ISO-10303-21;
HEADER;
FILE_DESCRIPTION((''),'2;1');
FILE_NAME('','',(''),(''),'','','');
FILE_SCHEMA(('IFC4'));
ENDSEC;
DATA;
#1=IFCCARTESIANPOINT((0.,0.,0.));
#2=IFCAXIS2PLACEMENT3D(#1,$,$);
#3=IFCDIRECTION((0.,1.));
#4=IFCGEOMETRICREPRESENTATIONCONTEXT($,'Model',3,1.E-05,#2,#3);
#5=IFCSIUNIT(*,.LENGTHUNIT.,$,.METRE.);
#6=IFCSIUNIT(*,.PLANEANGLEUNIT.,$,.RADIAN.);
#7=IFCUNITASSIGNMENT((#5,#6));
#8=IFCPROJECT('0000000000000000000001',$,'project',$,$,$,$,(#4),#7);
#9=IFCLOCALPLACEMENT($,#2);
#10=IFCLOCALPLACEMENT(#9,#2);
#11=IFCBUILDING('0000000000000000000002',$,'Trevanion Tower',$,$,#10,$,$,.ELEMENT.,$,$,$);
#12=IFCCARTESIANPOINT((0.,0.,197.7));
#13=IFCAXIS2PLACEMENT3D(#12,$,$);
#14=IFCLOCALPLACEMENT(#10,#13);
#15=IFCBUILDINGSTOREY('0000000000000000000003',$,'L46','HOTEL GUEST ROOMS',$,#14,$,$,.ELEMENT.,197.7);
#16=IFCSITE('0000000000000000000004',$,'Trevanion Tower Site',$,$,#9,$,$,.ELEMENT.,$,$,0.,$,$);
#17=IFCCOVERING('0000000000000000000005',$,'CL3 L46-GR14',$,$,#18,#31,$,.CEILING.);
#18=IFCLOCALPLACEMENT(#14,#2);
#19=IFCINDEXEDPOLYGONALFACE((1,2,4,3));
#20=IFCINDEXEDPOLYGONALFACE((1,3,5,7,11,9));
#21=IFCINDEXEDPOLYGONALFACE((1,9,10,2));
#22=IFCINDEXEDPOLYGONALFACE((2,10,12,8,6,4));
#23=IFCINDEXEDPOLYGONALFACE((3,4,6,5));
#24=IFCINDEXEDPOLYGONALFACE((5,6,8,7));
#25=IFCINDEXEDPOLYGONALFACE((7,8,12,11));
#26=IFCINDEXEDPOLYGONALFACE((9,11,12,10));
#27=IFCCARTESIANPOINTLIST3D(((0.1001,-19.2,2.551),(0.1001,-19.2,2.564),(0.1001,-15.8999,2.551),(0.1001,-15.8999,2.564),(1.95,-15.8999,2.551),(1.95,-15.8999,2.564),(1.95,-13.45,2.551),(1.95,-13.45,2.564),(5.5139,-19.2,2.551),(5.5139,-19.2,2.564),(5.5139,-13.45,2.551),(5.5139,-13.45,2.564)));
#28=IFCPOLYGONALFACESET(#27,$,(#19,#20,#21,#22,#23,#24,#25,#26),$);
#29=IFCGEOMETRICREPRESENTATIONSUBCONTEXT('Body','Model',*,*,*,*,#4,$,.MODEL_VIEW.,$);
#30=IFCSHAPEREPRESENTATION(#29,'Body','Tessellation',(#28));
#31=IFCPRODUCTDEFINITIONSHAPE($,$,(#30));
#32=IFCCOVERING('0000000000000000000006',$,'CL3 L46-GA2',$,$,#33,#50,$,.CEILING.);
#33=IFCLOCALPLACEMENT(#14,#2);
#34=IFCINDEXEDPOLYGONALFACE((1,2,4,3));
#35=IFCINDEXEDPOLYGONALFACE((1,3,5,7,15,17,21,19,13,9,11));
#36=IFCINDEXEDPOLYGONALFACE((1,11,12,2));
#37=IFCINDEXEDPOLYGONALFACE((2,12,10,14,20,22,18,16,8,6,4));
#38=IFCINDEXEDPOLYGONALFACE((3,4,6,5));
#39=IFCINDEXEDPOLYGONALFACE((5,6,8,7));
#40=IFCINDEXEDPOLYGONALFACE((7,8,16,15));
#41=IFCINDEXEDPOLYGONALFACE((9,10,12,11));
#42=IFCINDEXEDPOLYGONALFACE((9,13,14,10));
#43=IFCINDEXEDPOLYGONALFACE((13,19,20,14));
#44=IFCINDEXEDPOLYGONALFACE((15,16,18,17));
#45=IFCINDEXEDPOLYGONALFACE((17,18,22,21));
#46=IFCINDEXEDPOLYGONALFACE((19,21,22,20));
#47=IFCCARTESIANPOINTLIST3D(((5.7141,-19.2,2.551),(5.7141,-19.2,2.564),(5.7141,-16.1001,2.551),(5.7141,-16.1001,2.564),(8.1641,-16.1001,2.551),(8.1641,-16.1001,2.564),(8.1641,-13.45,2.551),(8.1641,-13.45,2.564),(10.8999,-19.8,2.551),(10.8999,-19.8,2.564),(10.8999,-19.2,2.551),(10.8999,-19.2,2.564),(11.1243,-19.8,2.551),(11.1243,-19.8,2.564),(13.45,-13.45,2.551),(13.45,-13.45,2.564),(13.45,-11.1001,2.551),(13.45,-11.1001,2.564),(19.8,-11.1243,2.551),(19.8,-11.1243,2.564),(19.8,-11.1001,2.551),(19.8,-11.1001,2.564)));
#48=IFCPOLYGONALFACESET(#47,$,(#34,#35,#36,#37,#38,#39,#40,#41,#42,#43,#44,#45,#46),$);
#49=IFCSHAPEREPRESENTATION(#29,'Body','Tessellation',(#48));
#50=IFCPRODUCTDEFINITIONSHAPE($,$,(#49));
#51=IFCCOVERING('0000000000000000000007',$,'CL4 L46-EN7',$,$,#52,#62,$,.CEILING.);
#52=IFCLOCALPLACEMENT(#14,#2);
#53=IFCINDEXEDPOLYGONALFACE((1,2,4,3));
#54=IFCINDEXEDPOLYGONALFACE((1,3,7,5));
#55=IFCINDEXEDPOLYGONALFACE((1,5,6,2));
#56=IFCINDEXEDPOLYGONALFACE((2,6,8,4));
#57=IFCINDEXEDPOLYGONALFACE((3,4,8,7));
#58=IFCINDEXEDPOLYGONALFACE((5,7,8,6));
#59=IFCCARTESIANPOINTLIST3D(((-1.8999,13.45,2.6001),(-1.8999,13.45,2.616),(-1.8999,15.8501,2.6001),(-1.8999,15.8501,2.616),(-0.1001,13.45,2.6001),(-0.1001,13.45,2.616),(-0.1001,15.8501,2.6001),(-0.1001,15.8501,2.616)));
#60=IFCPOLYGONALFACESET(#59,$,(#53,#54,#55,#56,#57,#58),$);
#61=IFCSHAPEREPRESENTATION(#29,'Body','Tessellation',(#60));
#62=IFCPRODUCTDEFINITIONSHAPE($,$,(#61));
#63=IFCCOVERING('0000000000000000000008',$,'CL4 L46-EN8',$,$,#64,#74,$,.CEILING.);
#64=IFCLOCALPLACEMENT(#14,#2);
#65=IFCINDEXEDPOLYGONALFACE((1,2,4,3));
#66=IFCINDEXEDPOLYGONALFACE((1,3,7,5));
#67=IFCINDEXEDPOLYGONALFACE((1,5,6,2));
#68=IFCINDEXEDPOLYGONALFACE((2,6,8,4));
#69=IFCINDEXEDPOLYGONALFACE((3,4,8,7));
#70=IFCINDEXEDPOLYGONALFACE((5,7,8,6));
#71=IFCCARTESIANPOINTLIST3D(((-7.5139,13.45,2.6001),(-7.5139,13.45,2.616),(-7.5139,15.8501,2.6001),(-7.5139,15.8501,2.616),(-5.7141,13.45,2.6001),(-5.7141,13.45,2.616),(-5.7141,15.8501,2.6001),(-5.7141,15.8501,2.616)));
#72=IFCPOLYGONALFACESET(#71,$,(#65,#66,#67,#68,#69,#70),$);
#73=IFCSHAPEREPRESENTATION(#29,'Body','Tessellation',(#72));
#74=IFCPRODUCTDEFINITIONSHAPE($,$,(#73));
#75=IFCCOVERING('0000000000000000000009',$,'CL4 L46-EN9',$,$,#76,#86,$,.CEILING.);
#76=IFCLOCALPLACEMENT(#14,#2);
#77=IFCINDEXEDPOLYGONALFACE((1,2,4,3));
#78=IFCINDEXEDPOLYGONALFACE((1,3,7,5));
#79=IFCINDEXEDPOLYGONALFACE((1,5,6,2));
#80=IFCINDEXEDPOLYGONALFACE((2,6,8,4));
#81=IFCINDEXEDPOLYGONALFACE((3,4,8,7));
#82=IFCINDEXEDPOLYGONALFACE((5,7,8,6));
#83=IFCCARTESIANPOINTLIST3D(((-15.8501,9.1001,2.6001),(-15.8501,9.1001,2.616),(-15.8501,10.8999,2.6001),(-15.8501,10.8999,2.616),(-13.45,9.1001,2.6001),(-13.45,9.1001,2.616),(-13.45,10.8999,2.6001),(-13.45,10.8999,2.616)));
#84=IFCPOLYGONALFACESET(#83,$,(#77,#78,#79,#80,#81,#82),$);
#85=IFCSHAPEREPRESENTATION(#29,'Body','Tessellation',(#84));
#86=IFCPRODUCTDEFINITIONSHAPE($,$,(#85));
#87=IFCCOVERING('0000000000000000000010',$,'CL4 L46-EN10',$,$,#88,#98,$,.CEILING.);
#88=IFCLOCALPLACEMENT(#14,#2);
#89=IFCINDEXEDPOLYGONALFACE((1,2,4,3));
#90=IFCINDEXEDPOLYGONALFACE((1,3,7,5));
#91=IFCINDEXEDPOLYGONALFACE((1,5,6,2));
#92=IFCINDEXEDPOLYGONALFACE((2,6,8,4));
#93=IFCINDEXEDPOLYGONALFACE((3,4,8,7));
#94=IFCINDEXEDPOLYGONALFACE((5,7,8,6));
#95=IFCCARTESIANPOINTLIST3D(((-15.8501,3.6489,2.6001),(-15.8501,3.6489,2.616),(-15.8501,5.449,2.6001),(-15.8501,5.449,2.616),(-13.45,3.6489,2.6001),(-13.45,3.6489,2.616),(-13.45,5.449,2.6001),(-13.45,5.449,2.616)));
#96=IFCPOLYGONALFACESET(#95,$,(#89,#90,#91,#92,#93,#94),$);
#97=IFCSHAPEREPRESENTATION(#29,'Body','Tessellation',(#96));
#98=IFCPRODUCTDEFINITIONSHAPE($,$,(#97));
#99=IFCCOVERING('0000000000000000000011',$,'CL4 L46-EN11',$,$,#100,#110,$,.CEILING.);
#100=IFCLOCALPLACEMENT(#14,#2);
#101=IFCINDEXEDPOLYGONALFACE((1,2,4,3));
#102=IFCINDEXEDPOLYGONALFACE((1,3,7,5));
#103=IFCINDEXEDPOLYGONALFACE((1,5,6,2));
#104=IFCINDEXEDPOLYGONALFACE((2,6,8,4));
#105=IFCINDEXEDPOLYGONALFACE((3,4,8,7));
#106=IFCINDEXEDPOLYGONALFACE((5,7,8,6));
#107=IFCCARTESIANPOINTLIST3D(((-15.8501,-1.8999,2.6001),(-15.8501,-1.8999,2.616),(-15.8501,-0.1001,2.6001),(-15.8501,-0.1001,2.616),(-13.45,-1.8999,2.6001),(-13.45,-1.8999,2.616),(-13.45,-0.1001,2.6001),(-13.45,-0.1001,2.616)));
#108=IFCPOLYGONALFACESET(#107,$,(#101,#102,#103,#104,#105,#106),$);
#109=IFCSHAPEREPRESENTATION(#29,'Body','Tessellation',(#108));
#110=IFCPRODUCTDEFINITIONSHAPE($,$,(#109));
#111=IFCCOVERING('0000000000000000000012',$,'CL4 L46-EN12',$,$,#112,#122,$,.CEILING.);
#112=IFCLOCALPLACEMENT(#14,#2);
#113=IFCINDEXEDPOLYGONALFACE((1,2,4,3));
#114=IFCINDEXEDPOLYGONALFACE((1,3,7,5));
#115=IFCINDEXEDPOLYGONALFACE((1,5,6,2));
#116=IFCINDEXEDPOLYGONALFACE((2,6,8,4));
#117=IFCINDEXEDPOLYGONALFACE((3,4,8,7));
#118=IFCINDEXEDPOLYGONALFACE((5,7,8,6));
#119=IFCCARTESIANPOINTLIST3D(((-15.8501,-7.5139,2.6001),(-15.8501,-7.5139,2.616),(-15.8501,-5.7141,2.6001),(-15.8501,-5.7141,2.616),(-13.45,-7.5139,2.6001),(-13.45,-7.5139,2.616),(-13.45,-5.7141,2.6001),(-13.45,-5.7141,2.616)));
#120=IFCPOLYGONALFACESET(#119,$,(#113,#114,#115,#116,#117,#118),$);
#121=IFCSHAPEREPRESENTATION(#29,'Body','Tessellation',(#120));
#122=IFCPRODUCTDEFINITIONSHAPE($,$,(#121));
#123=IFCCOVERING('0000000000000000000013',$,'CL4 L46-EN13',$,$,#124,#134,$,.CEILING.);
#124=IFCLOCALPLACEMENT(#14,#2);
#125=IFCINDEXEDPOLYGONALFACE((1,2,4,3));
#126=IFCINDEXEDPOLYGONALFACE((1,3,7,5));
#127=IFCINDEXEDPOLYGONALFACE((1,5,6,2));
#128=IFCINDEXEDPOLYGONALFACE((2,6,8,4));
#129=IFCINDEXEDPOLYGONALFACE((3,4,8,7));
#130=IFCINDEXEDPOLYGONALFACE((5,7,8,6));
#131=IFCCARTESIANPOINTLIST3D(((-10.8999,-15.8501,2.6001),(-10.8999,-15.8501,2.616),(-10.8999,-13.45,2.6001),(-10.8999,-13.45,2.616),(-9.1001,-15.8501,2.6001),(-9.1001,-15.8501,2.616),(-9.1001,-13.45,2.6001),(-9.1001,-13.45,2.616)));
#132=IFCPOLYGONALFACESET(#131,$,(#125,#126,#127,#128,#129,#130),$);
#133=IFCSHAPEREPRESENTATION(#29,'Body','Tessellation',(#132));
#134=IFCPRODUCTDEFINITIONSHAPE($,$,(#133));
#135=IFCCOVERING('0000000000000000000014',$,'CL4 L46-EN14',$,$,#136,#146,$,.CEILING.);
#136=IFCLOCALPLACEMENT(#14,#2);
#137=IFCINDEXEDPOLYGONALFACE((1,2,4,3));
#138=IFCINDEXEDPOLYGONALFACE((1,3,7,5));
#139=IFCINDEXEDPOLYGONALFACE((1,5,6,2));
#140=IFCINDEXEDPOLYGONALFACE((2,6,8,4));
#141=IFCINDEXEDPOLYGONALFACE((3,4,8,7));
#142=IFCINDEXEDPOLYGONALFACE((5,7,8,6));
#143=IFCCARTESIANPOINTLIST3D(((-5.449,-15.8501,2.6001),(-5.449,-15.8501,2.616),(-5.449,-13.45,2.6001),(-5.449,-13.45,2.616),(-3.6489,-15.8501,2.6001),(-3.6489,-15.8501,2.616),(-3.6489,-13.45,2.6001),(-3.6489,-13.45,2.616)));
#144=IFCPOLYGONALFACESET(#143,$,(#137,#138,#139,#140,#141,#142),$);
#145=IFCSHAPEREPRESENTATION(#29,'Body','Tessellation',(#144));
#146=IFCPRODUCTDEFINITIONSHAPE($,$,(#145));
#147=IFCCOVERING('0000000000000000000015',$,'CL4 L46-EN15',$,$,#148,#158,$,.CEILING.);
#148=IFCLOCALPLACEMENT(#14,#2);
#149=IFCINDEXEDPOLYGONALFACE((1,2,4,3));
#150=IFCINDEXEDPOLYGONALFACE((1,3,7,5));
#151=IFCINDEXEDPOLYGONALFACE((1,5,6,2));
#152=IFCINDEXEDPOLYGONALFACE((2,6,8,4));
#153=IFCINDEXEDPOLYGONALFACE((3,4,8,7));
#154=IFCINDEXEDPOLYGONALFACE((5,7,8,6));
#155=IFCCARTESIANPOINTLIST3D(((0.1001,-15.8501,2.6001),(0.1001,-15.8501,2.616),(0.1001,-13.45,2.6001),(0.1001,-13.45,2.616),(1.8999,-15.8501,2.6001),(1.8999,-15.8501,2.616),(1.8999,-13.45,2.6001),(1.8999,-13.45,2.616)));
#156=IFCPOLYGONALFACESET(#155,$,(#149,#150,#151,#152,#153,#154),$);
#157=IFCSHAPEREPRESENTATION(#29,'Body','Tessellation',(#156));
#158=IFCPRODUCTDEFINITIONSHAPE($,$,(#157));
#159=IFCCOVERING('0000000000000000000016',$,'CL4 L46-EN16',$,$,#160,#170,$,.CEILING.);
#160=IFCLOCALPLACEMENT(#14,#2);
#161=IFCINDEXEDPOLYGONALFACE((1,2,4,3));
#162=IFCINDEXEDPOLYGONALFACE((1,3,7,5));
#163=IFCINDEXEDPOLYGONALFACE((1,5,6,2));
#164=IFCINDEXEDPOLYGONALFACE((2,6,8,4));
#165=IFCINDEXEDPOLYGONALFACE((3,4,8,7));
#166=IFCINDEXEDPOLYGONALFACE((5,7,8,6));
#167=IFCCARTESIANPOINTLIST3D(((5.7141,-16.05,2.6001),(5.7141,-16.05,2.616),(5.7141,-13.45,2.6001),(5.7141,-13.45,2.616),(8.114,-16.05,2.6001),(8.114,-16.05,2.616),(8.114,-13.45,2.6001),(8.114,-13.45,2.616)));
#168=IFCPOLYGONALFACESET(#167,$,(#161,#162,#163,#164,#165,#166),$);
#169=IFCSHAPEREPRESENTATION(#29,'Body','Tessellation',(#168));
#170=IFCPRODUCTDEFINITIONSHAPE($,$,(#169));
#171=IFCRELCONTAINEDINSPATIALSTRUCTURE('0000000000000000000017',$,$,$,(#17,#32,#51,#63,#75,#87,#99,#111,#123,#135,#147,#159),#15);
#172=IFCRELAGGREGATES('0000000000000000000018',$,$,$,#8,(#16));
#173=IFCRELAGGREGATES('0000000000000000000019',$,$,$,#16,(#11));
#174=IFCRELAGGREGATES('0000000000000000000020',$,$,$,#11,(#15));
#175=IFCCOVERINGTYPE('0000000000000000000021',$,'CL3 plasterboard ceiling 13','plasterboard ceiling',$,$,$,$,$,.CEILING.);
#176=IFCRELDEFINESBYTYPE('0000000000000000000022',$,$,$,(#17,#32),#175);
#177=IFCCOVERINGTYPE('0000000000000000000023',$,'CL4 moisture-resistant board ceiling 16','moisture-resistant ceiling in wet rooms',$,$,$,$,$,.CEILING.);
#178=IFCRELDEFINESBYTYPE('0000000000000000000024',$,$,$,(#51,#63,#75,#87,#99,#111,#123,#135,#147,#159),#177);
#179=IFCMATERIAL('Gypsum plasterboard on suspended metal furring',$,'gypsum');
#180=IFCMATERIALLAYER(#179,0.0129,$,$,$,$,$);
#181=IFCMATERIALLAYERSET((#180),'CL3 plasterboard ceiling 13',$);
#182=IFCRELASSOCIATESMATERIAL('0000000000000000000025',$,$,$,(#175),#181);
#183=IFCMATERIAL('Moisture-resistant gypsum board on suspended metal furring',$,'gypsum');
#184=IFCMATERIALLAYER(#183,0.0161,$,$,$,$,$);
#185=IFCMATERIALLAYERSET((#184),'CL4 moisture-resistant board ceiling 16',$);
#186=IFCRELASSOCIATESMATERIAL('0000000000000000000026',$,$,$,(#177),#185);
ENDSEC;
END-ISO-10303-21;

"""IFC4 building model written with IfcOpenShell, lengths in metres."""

from ifc_helpers import new_model, si_unit, direction, frame, origin, place, context, subcontext, project, spatial, polyline, outline, extrude, material, layer, layer_set, type_object, element, save


model = new_model("IFC4")

# Units and contexts
model_context = context("Model", 3, precision=1e-05, world=origin(), true_north=direction((0.0, 1.0)))
body_context = subcontext(model_context, "Body", "Model", "MODEL_VIEW")
ifc_project = project(units=[si_unit("LENGTHUNIT", "METRE"), si_unit("PLANEANGLEUNIT", "RADIAN")], contexts=[model_context])

# Site, building, storey
site_placement = place(None, origin())
site = spatial("IfcSite", under=ifc_project, at=site_placement, Name="Trevanion Tower Site", CompositionType="ELEMENT", RefElevation=0.0)
building_placement = place(site_placement, origin())
building = spatial("IfcBuilding", under=site, at=building_placement, Name="Trevanion Tower", CompositionType="ELEMENT")
storey_placement = place(building_placement, frame((0.0, 0.0, 197.7)))
storey = spatial("IfcBuildingStorey", under=building, at=storey_placement, Name="L46", Description="HOTEL GUEST ROOMS", CompositionType="ELEMENT", Elevation=197.7)

# Coverings
ifc_material_1 = material(Name="Gypsum plasterboard on suspended metal furring", Category="gypsum")
ifc_layer_1 = layer(ifc_material_1, 0.0129)
ifc_layer_set_1 = layer_set([ifc_layer_1], Name="CL3 plasterboard ceiling 13")
covering_type_1 = type_object("IfcCoveringType", Name="CL3 plasterboard ceiling 13", Description="plasterboard ceiling", PredefinedType="CEILING", material=ifc_layer_set_1)
covering_1_placement = place(storey_placement, frame((0.0, 0.0, 2.551)))
element("IfcCovering", 1, at=covering_1_placement, inside=storey, type_object=covering_type_1, Name="CL3 L46-GR14", PredefinedType="CEILING", context=body_context, shape_type="SweptSolid", body=[
    extrude(outline(polyline([(5.5139, -13.45), (5.5139, -19.2), (0.1001, -19.2), (0.1001, -15.8999), (1.95, -15.8999), (1.95, -13.45), (5.5139, -13.45)])), origin(), (0.0, 0.0, 1.0), 0.0129),
])
covering_2_placement = place(storey_placement, frame((0.0, 0.0, 2.551)))
element("IfcCovering", 2, at=covering_2_placement, inside=storey, type_object=covering_type_1, Name="CL3 L46-GA2", PredefinedType="CEILING", context=body_context, shape_type="SweptSolid", body=[
    extrude(outline(polyline([(13.45, -11.1001), (19.8, -11.1001), (19.8, -11.1243), (11.1243, -19.8), (10.8999, -19.8), (10.8999, -19.2), (5.7141, -19.2), (5.7141, -16.1001), (8.1641, -16.1001), (8.1641, -13.45), (13.45, -13.45), (13.45, -11.1001)])), origin(), (0.0, 0.0, 1.0), 0.0129),
])
ifc_material_2 = material(Name="Moisture-resistant gypsum board on suspended metal furring", Category="gypsum")
ifc_layer_2 = layer(ifc_material_2, 0.0161)
ifc_layer_set_2 = layer_set([ifc_layer_2], Name="CL4 moisture-resistant board ceiling 16")
covering_type_2 = type_object("IfcCoveringType", Name="CL4 moisture-resistant board ceiling 16", Description="moisture-resistant ceiling in wet rooms", PredefinedType="CEILING", material=ifc_layer_set_2)
covering_3_placement = place(storey_placement, frame((0.0, 0.0, 2.6001)))
element("IfcCovering", 3, at=covering_3_placement, inside=storey, type_object=covering_type_2, Name="CL4 L46-EN7", PredefinedType="CEILING", context=body_context, shape_type="SweptSolid", body=[
    extrude(outline(polyline([(-0.1001, 15.8501), (-1.8999, 15.8501), (-1.8999, 13.45), (-0.1001, 13.45), (-0.1001, 15.8501)])), origin(), (0.0, 0.0, 1.0), 0.0159),
])
covering_4_placement = place(storey_placement, frame((0.0, 0.0, 2.6001)))
element("IfcCovering", 4, at=covering_4_placement, inside=storey, type_object=covering_type_2, Name="CL4 L46-EN8", PredefinedType="CEILING", context=body_context, shape_type="SweptSolid", body=[
    extrude(outline(polyline([(-5.7141, 15.8501), (-7.5139, 15.8501), (-7.5139, 13.45), (-5.7141, 13.45), (-5.7141, 15.8501)])), origin(), (0.0, 0.0, 1.0), 0.0159),
])
covering_5_placement = place(storey_placement, frame((0.0, 0.0, 2.6001)))
element("IfcCovering", 5, at=covering_5_placement, inside=storey, type_object=covering_type_2, Name="CL4 L46-EN9", PredefinedType="CEILING", context=body_context, shape_type="SweptSolid", body=[
    extrude(outline(polyline([(-15.8501, 10.8999), (-15.8501, 9.1001), (-13.45, 9.1001), (-13.45, 10.8999), (-15.8501, 10.8999)])), origin(), (0.0, 0.0, 1.0), 0.0159),
])
covering_6_placement = place(storey_placement, frame((0.0, 0.0, 2.6001)))
element("IfcCovering", 6, at=covering_6_placement, inside=storey, type_object=covering_type_2, Name="CL4 L46-EN10", PredefinedType="CEILING", context=body_context, shape_type="SweptSolid", body=[
    extrude(outline(polyline([(-15.8501, 5.449), (-15.8501, 3.6489), (-13.45, 3.6489), (-13.45, 5.449), (-15.8501, 5.449)])), origin(), (0.0, 0.0, 1.0), 0.0159),
])
covering_7_placement = place(storey_placement, frame((0.0, 0.0, 2.6001)))
element("IfcCovering", 7, at=covering_7_placement, inside=storey, type_object=covering_type_2, Name="CL4 L46-EN11", PredefinedType="CEILING", context=body_context, shape_type="SweptSolid", body=[
    extrude(outline(polyline([(-15.8501, -0.1001), (-15.8501, -1.8999), (-13.45, -1.8999), (-13.45, -0.1001), (-15.8501, -0.1001)])), origin(), (0.0, 0.0, 1.0), 0.0159),
])
covering_8_placement = place(storey_placement, frame((0.0, 0.0, 2.6001)))
element("IfcCovering", 8, at=covering_8_placement, inside=storey, type_object=covering_type_2, Name="CL4 L46-EN12", PredefinedType="CEILING", context=body_context, shape_type="SweptSolid", body=[
    extrude(outline(polyline([(-15.8501, -5.7141), (-15.8501, -7.5139), (-13.45, -7.5139), (-13.45, -5.7141), (-15.8501, -5.7141)])), origin(), (0.0, 0.0, 1.0), 0.0159),
])
covering_9_placement = place(storey_placement, frame((0.0, 0.0, 2.6001)))
element("IfcCovering", 9, at=covering_9_placement, inside=storey, type_object=covering_type_2, Name="CL4 L46-EN13", PredefinedType="CEILING", context=body_context, shape_type="SweptSolid", body=[
    extrude(outline(polyline([(-10.8999, -15.8501), (-9.1001, -15.8501), (-9.1001, -13.45), (-10.8999, -13.45), (-10.8999, -15.8501)])), origin(), (0.0, 0.0, 1.0), 0.0159),
])
covering_10_placement = place(storey_placement, frame((0.0, 0.0, 2.6001)))
element("IfcCovering", 10, at=covering_10_placement, inside=storey, type_object=covering_type_2, Name="CL4 L46-EN14", PredefinedType="CEILING", context=body_context, shape_type="SweptSolid", body=[
    extrude(outline(polyline([(-5.449, -15.8501), (-3.6489, -15.8501), (-3.6489, -13.45), (-5.449, -13.45), (-5.449, -15.8501)])), origin(), (0.0, 0.0, 1.0), 0.0159),
])
covering_11_placement = place(storey_placement, frame((0.0, 0.0, 2.6001)))
element("IfcCovering", 11, at=covering_11_placement, inside=storey, type_object=covering_type_2, Name="CL4 L46-EN15", PredefinedType="CEILING", context=body_context, shape_type="SweptSolid", body=[
    extrude(outline(polyline([(0.1001, -15.8501), (1.8999, -15.8501), (1.8999, -13.45), (0.1001, -13.45), (0.1001, -15.8501)])), origin(), (0.0, 0.0, 1.0), 0.0159),
])
covering_12_placement = place(storey_placement, frame((0.0, 0.0, 2.6001)))
element("IfcCovering", 12, at=covering_12_placement, inside=storey, type_object=covering_type_2, Name="CL4 L46-EN16", PredefinedType="CEILING", context=body_context, shape_type="SweptSolid", body=[
    extrude(outline(polyline([(5.7141, -16.05), (8.114, -16.05), (8.114, -13.45), (5.7141, -13.45), (5.7141, -16.05)])), origin(), (0.0, 0.0, 1.0), 0.0159),
])

save(model, "model.ifc")
